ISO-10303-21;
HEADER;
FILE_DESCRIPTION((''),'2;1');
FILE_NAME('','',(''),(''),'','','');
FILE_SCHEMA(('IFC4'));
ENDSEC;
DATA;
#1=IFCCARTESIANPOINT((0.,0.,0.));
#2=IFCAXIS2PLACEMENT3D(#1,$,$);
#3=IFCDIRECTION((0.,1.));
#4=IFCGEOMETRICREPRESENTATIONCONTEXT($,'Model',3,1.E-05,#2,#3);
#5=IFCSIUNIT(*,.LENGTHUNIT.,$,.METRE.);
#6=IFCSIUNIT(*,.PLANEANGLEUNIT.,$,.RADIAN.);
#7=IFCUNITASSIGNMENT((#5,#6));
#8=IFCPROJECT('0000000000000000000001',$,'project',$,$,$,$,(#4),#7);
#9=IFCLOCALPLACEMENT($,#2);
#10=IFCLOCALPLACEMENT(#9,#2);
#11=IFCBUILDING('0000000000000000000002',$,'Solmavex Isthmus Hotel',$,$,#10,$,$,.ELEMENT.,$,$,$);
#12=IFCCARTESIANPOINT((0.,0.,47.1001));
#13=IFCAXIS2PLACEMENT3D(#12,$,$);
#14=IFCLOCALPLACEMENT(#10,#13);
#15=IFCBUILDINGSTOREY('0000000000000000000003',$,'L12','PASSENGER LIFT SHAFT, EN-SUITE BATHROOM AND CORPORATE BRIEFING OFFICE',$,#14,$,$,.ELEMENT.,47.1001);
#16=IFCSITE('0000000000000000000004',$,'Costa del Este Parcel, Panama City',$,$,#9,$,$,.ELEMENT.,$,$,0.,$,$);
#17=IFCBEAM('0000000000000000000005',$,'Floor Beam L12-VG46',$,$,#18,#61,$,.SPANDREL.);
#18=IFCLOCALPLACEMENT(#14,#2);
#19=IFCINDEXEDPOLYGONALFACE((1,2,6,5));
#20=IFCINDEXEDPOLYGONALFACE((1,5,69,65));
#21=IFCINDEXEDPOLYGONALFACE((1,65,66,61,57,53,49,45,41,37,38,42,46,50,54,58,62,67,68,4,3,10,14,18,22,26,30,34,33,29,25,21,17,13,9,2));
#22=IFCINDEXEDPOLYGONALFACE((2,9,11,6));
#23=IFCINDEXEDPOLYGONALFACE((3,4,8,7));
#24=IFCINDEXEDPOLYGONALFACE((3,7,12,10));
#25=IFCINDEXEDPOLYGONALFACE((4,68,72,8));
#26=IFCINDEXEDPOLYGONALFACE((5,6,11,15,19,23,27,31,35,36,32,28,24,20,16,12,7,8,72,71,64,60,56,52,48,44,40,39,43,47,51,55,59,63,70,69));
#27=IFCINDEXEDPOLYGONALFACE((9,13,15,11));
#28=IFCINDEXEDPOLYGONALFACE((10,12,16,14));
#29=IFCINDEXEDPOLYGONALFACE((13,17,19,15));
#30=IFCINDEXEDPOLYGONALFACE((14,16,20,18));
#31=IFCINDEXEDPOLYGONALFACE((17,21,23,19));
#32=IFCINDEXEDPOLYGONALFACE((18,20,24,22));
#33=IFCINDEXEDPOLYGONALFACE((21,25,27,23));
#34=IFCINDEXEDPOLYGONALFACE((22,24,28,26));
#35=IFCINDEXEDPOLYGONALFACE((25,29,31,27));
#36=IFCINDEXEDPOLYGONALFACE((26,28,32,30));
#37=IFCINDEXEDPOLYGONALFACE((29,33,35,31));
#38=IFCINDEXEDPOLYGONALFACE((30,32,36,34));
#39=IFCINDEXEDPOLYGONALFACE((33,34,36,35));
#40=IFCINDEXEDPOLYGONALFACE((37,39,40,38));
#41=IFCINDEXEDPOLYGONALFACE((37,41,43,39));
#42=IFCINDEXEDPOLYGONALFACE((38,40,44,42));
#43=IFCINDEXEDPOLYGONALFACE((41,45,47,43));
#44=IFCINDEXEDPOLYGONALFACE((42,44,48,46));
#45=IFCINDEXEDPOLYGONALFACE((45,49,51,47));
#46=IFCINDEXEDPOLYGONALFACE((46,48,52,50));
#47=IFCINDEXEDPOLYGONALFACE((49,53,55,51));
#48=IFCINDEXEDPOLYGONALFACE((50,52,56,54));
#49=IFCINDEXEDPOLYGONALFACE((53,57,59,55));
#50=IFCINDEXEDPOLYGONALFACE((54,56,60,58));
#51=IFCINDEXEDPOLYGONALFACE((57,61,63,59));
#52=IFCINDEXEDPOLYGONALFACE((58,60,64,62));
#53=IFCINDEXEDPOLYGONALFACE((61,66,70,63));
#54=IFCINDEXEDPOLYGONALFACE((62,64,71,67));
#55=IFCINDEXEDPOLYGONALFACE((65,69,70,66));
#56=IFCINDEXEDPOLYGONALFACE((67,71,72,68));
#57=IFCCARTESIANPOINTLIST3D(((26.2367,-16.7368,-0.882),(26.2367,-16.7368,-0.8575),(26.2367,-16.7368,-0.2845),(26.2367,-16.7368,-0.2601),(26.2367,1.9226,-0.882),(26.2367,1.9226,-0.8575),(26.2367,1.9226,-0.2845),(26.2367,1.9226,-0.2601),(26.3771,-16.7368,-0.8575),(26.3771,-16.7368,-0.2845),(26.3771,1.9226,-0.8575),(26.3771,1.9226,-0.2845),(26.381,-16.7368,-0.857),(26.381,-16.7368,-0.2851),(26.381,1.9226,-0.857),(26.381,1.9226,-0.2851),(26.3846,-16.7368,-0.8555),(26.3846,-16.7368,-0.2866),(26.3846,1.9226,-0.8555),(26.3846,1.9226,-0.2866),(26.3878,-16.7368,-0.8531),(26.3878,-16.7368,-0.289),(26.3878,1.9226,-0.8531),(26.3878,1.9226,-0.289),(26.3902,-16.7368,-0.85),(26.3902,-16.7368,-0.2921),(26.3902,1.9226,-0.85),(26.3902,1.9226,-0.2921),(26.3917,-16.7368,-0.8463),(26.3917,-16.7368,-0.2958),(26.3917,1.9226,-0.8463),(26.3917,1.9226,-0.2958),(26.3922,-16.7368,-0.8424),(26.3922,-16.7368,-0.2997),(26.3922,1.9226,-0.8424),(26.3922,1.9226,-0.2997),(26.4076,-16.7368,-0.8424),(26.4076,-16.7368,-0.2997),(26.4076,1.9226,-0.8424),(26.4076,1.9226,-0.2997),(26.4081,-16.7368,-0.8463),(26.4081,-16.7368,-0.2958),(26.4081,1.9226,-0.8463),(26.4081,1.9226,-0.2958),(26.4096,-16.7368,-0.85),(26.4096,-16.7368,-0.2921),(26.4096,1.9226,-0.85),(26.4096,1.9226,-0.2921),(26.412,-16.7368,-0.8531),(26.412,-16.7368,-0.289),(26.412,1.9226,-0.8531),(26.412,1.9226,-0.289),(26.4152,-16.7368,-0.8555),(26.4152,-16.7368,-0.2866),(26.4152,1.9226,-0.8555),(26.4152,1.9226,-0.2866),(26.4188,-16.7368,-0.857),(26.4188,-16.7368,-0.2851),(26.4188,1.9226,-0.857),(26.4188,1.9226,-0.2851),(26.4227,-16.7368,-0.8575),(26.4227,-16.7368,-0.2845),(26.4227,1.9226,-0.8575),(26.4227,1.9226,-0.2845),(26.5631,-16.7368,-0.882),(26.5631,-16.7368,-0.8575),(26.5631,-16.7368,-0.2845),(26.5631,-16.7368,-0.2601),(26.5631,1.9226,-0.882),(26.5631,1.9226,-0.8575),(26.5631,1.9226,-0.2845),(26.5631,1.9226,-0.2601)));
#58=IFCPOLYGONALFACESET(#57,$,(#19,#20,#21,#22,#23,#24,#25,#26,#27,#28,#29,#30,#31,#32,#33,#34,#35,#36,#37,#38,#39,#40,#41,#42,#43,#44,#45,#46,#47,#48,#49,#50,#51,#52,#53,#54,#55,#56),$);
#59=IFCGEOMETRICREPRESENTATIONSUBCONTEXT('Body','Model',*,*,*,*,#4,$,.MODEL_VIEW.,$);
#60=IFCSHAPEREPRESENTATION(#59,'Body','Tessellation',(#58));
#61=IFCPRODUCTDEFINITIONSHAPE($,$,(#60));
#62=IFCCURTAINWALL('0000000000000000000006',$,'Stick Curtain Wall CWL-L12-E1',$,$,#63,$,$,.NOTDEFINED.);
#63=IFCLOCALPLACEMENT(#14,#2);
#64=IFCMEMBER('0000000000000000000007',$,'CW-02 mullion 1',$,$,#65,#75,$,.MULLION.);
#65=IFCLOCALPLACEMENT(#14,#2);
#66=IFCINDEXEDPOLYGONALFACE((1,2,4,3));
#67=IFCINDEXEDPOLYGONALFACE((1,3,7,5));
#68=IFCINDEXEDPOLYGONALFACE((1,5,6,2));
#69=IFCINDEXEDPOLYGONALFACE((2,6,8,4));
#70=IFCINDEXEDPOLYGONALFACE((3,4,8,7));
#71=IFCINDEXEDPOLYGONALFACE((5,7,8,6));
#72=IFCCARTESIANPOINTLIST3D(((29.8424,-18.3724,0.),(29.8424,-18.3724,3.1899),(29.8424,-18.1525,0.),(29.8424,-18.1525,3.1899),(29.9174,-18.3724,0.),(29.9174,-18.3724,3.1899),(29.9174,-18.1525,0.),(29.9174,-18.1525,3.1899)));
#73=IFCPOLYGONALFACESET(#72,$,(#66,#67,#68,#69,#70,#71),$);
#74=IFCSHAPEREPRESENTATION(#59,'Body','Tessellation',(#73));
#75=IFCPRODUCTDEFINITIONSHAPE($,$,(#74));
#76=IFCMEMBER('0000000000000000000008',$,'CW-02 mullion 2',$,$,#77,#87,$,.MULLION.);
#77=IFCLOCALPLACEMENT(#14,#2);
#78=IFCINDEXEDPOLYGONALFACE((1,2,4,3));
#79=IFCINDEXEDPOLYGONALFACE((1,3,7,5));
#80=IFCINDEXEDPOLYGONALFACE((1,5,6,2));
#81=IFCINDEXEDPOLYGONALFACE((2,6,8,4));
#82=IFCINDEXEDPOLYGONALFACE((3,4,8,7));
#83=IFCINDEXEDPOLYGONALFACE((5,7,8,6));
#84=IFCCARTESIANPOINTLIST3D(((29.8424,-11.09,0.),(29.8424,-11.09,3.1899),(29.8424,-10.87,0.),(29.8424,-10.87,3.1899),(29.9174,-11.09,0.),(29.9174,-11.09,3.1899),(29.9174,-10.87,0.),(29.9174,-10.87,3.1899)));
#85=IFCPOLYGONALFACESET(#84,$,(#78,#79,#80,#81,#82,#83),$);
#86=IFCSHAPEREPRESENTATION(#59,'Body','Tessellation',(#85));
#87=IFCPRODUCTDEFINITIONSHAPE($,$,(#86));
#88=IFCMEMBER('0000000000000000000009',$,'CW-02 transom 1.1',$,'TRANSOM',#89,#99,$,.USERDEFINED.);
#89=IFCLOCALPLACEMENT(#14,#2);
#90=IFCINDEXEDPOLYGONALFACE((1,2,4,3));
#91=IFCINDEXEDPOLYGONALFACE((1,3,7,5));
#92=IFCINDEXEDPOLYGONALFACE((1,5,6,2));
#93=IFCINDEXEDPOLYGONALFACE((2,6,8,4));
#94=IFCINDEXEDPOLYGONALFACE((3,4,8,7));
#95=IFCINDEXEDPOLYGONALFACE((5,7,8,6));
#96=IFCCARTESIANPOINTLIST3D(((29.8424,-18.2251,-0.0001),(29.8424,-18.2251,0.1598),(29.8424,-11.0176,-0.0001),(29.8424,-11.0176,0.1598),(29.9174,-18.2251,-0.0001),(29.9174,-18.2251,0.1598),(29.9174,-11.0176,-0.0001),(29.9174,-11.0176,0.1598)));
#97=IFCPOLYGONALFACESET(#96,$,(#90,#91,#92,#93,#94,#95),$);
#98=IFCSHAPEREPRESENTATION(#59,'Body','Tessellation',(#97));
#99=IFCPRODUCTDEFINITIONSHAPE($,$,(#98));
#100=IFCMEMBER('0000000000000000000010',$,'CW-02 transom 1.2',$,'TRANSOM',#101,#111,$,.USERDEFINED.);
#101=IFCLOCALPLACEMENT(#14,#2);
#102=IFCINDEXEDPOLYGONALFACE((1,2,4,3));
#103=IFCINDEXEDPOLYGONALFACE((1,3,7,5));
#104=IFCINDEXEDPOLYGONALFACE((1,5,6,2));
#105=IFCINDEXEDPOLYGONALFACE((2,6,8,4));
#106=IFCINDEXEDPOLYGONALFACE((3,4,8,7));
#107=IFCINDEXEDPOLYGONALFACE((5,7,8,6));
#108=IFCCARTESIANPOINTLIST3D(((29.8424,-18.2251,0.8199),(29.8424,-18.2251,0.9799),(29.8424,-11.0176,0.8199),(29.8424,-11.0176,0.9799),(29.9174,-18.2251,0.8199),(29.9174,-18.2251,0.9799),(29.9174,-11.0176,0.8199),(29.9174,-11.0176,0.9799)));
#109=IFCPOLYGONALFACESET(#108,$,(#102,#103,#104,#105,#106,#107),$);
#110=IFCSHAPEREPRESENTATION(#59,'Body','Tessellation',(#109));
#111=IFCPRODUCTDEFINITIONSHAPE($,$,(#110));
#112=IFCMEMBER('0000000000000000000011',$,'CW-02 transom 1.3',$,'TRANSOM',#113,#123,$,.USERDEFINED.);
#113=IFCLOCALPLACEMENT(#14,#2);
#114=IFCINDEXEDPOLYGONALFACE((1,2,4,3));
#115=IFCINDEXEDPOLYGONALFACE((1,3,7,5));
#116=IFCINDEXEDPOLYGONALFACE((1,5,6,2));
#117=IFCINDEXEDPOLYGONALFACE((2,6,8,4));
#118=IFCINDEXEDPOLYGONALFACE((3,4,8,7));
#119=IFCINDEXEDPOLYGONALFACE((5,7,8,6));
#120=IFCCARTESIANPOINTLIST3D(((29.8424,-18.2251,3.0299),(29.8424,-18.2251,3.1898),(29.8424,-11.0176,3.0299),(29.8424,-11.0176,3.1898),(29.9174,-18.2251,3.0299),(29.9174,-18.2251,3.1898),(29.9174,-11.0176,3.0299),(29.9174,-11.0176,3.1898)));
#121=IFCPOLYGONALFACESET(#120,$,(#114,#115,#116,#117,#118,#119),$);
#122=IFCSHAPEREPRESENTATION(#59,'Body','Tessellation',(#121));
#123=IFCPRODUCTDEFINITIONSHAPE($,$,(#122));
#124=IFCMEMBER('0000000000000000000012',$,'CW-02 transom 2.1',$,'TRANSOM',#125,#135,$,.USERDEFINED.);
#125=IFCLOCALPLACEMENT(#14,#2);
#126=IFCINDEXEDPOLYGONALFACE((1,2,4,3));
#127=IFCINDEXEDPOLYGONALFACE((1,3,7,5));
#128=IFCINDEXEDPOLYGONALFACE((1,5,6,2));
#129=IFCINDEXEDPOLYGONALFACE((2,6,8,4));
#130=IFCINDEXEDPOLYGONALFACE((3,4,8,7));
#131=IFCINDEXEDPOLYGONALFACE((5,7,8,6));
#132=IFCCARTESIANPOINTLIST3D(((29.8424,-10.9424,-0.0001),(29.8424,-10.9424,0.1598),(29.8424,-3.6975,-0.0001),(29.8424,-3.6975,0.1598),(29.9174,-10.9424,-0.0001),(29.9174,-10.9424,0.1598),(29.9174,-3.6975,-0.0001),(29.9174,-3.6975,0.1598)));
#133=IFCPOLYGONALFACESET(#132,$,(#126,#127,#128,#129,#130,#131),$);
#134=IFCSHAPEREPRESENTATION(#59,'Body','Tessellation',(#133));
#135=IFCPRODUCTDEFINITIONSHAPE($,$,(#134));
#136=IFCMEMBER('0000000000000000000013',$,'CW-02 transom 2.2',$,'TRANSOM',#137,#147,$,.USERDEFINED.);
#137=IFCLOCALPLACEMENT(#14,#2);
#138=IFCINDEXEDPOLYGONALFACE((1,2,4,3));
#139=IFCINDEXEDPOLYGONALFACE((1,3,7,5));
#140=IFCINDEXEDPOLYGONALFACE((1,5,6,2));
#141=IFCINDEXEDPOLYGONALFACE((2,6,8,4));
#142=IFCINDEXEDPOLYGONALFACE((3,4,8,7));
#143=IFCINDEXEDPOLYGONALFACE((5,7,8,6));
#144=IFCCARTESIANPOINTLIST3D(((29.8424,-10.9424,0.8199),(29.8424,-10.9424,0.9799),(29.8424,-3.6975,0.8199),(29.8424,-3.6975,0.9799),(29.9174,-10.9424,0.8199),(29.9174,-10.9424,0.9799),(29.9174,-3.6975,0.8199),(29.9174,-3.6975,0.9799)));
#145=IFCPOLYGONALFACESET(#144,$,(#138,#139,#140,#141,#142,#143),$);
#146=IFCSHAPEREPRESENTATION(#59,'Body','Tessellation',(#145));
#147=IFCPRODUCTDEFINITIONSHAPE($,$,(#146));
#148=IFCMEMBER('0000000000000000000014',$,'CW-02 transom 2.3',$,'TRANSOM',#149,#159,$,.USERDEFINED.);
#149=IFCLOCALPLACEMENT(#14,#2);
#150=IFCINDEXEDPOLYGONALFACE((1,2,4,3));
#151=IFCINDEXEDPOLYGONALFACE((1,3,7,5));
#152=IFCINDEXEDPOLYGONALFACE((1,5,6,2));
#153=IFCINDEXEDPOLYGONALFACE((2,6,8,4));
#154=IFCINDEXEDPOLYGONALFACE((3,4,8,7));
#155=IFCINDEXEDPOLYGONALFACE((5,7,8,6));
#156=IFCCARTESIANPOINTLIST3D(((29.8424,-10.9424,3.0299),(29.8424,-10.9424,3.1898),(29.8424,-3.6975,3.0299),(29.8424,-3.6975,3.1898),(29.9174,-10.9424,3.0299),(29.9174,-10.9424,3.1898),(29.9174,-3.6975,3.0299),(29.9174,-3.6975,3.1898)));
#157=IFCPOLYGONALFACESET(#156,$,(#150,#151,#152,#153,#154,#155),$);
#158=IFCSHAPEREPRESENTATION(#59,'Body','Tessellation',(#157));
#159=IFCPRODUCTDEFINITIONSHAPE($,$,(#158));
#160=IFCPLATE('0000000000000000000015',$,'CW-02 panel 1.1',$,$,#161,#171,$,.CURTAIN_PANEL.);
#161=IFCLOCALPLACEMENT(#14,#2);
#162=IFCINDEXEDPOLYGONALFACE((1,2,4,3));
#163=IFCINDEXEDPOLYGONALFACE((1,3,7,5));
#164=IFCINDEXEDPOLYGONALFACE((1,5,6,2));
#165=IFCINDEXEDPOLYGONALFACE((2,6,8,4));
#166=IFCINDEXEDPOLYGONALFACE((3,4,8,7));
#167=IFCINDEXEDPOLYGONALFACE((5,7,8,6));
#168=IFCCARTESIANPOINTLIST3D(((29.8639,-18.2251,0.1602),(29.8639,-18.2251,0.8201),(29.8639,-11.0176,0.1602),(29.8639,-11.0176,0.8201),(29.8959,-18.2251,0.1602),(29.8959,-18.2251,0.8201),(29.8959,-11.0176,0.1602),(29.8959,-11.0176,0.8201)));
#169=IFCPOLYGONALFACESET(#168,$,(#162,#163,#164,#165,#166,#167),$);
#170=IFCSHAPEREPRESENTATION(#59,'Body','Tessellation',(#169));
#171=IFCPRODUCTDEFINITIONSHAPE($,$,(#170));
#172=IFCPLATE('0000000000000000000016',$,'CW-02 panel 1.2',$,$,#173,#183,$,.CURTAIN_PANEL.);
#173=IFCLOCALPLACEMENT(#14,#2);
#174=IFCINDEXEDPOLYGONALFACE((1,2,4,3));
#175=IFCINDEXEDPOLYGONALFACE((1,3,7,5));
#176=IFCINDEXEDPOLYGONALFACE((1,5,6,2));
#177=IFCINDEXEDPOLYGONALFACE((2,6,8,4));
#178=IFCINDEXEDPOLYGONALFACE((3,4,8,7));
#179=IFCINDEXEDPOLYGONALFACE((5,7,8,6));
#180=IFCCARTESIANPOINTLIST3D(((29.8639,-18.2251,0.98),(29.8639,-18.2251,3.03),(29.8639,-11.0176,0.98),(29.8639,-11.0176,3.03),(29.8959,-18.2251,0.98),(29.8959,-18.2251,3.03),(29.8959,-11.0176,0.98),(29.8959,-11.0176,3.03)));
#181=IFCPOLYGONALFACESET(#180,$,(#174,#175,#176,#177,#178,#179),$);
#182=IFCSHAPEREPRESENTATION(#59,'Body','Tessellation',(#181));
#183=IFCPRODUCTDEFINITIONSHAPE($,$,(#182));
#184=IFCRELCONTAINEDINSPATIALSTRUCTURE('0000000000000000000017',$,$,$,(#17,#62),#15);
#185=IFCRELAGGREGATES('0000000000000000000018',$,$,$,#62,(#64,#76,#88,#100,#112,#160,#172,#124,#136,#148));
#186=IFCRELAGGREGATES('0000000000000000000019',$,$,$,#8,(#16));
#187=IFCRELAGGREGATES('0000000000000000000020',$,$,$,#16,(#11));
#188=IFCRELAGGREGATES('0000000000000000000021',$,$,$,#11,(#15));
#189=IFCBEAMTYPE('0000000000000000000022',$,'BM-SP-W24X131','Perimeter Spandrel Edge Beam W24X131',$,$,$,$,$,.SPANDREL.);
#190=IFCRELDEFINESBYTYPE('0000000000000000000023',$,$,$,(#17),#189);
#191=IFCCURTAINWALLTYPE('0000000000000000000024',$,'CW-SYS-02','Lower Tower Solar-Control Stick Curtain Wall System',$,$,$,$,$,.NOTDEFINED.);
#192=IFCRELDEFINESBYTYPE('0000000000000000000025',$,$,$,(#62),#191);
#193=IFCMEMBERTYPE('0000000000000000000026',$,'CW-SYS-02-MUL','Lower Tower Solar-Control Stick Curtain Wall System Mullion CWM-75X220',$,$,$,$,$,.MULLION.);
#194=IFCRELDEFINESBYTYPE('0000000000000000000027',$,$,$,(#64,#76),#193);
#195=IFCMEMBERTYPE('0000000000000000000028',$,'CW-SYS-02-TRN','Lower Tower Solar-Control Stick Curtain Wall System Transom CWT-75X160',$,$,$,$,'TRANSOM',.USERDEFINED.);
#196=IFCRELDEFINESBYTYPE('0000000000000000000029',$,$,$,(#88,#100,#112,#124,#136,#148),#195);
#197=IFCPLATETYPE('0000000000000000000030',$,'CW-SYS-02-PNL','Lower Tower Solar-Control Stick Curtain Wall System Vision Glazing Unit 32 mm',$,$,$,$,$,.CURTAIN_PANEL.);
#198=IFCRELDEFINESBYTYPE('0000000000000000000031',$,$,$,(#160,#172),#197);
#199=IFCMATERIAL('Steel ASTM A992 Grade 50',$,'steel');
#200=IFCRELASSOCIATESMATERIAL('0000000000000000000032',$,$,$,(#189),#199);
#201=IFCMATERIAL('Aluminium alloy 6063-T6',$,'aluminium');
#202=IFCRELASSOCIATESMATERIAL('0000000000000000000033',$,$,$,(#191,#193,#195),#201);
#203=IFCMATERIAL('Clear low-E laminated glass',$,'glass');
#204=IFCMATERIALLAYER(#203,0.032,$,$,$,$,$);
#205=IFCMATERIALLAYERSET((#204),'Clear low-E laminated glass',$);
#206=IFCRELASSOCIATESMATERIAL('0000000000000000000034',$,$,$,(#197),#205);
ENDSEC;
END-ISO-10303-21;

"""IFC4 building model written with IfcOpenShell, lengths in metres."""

from ifc_helpers import new_model, si_unit, direction, frame, origin, origin_2d, place, context, subcontext, project, spatial, rectangle, i_section, extrude, material, layer, layer_set, material_profile, profile_set, type_object, element, aggregate, save


model = new_model("IFC4")

# Units and contexts
model_context = context("Model", 3, precision=1e-05, world=origin(), true_north=direction((0.0, 1.0)))
body_context = subcontext(model_context, "Body", "Model", "MODEL_VIEW")
ifc_project = project(units=[si_unit("LENGTHUNIT", "METRE"), si_unit("PLANEANGLEUNIT", "RADIAN")], contexts=[model_context])

# Site, building, storey
site_placement = place(None, origin())
site = spatial("IfcSite", under=ifc_project, at=site_placement, Name="Costa del Este Parcel, Panama City", CompositionType="ELEMENT", RefElevation=0.0)
building_placement = place(site_placement, origin())
building = spatial("IfcBuilding", under=site, at=building_placement, Name="Solmavex Isthmus Hotel", CompositionType="ELEMENT")
storey_placement = place(building_placement, frame((0.0, 0.0, 47.1001)))
storey = spatial("IfcBuildingStorey", under=building, at=storey_placement, Name="L12", Description="PASSENGER LIFT SHAFT, EN-SUITE BATHROOM AND CORPORATE BRIEFING OFFICE", CompositionType="ELEMENT", Elevation=47.1001)

# Beam
ifc_material_1 = material(Name="Steel ASTM A992 Grade 50", Category="steel")
ifc_material_profile_1 = material_profile(ifc_material_1, i_section(OverallWidth=0.3264, OverallDepth=0.6218, WebThickness=0.0154, FlangeThickness=0.0244, FilletRadius=0.0151, at=origin_2d()), Name="W24X131")
ifc_profile_set_1 = profile_set([ifc_material_profile_1], Name="Steel ASTM A992 Grade 50")
beam_type_1 = type_object("IfcBeamType", Name="BM-SP-W24X131", Description="Perimeter Spandrel Edge Beam W24X131", PredefinedType="SPANDREL", material=ifc_profile_set_1)
beam_1_placement = place(storey_placement, frame((26.3999, -16.7368, -0.571), z_axis=(0.0, 1.0, 0.0), x_axis=(-1.0, 0.0, 0.0)))
element("IfcBeam", 1, at=beam_1_placement, inside=storey, type_object=beam_type_1, Name="Floor Beam L12-VG46", PredefinedType="SPANDREL", context=body_context, shape_type="SweptSolid", body=[
    extrude(i_section(OverallWidth=0.3264, OverallDepth=0.6218, WebThickness=0.0154, FlangeThickness=0.0244, FilletRadius=0.0151, at=origin_2d()), origin(), (0.0, 0.0, 1.0), 18.6594),
])

# Curtain wall, members, plates
ifc_material_2 = material(Name="Aluminium alloy 6063-T6", Category="aluminium")
curtain_wall_type = type_object("IfcCurtainWallType", Name="CW-SYS-02", Description="Lower Tower Solar-Control Stick Curtain Wall System", PredefinedType="NOTDEFINED", material=ifc_material_2)
curtain_wall_placement = place(storey_placement, origin())
curtain_wall = element("IfcCurtainWall", 2, at=curtain_wall_placement, inside=storey, type_object=curtain_wall_type, Name="Stick Curtain Wall CWL-L12-E1", PredefinedType="NOTDEFINED")
ifc_material_profile_2 = material_profile(ifc_material_2, rectangle(XDim=0.075, YDim=0.22, at=origin_2d()), Name="CWM-75X220")
ifc_profile_set_2 = profile_set([ifc_material_profile_2], Name="Aluminium alloy 6063-T6")
member_type_1 = type_object("IfcMemberType", Name="CW-SYS-02-MUL", Description="Lower Tower Solar-Control Stick Curtain Wall System Mullion CWM-75X220", PredefinedType="MULLION", material=ifc_profile_set_2)
member_1_placement = place(storey_placement, frame((29.8799, -18.2625, 0.0), z_axis=(0.0, 0.0, 1.0), x_axis=(-1.0, 0.0, 0.0)))
member_1 = element("IfcMember", 3, at=member_1_placement, type_object=member_type_1, Name="CW-02 mullion 1", PredefinedType="MULLION", context=body_context, shape_type="SweptSolid", body=[
    extrude(rectangle(XDim=0.075, YDim=0.22, at=origin_2d()), origin(), (0.0, 0.0, 1.0), 3.1899),
])
member_2_placement = place(storey_placement, frame((29.8799, -10.98, 0.0), z_axis=(0.0, 0.0, 1.0), x_axis=(-1.0, 0.0, 0.0)))
member_2 = element("IfcMember", 4, at=member_2_placement, type_object=member_type_1, Name="CW-02 mullion 2", PredefinedType="MULLION", context=body_context, shape_type="SweptSolid", body=[
    extrude(rectangle(XDim=0.075, YDim=0.22, at=origin_2d()), origin(), (0.0, 0.0, 1.0), 3.1899),
])
ifc_material_profile_3 = material_profile(ifc_material_2, rectangle(XDim=0.075, YDim=0.1599, at=origin_2d()), Name="CWT-75X160")
ifc_profile_set_3 = profile_set([ifc_material_profile_3], Name="Aluminium alloy 6063-T6")
member_type_2 = type_object("IfcMemberType", Name="CW-SYS-02-TRN", Description="Lower Tower Solar-Control Stick Curtain Wall System Transom CWT-75X160", ElementType="TRANSOM", PredefinedType="USERDEFINED", material=ifc_profile_set_3)
member_3_placement = place(storey_placement, frame((29.8799, -18.2251, 0.0798), z_axis=(0.0, 1.0, 0.0), x_axis=(-1.0, 0.0, 0.0)))
member_3 = element("IfcMember", 5, at=member_3_placement, type_object=member_type_2, Name="CW-02 transom 1.1", ObjectType="TRANSOM", PredefinedType="USERDEFINED", context=body_context, shape_type="SweptSolid", body=[
    extrude(rectangle(XDim=0.075, YDim=0.1599, at=origin_2d()), origin(), (0.0, 0.0, 1.0), 7.2075),
])
member_4_placement = place(storey_placement, frame((29.8799, -18.2251, 0.8999), z_axis=(0.0, 1.0, 0.0), x_axis=(-1.0, 0.0, 0.0)))
member_4 = element("IfcMember", 6, at=member_4_placement, type_object=member_type_2, Name="CW-02 transom 1.2", ObjectType="TRANSOM", PredefinedType="USERDEFINED", context=body_context, shape_type="SweptSolid", body=[
    extrude(rectangle(XDim=0.075, YDim=0.1599, at=origin_2d()), origin(), (0.0, 0.0, 1.0), 7.2075),
])
member_5_placement = place(storey_placement, frame((29.8799, -18.2251, 3.1099), z_axis=(0.0, 1.0, 0.0), x_axis=(-1.0, 0.0, 0.0)))
member_5 = element("IfcMember", 7, at=member_5_placement, type_object=member_type_2, Name="CW-02 transom 1.3", ObjectType="TRANSOM", PredefinedType="USERDEFINED", context=body_context, shape_type="SweptSolid", body=[
    extrude(rectangle(XDim=0.075, YDim=0.1599, at=origin_2d()), origin(), (0.0, 0.0, 1.0), 7.2075),
])
member_6_placement = place(storey_placement, frame((29.8799, -10.9424, 0.0798), z_axis=(0.0, 1.0, 0.0), x_axis=(-1.0, 0.0, 0.0)))
member_6 = element("IfcMember", 8, at=member_6_placement, type_object=member_type_2, Name="CW-02 transom 2.1", ObjectType="TRANSOM", PredefinedType="USERDEFINED", context=body_context, shape_type="SweptSolid", body=[
    extrude(rectangle(XDim=0.075, YDim=0.1599, at=origin_2d()), origin(), (0.0, 0.0, 1.0), 7.2449),
])
member_7_placement = place(storey_placement, frame((29.8799, -10.9424, 0.8999), z_axis=(0.0, 1.0, 0.0), x_axis=(-1.0, 0.0, 0.0)))
member_7 = element("IfcMember", 9, at=member_7_placement, type_object=member_type_2, Name="CW-02 transom 2.2", ObjectType="TRANSOM", PredefinedType="USERDEFINED", context=body_context, shape_type="SweptSolid", body=[
    extrude(rectangle(XDim=0.075, YDim=0.1599, at=origin_2d()), origin(), (0.0, 0.0, 1.0), 7.2449),
])
member_8_placement = place(storey_placement, frame((29.8799, -10.9424, 3.1099), z_axis=(0.0, 1.0, 0.0), x_axis=(-1.0, 0.0, 0.0)))
member_8 = element("IfcMember", 10, at=member_8_placement, type_object=member_type_2, Name="CW-02 transom 2.3", ObjectType="TRANSOM", PredefinedType="USERDEFINED", context=body_context, shape_type="SweptSolid", body=[
    extrude(rectangle(XDim=0.075, YDim=0.1599, at=origin_2d()), origin(), (0.0, 0.0, 1.0), 7.2449),
])
ifc_material_3 = material(Name="Clear low-E laminated glass", Category="glass")
ifc_layer_1 = layer(ifc_material_3, 0.032)
ifc_layer_set_1 = layer_set([ifc_layer_1], Name="Clear low-E laminated glass")
plate_type = type_object("IfcPlateType", Name="CW-SYS-02-PNL", Description="Lower Tower Solar-Control Stick Curtain Wall System Vision Glazing Unit 32 mm", PredefinedType="CURTAIN_PANEL", material=ifc_layer_set_1)
plate_1_placement = place(storey_placement, frame((29.8799, -14.6213, 0.1602), z_axis=(0.0, 0.0, 1.0), x_axis=(0.0, 1.0, 0.0)))
plate_1 = element("IfcPlate", 11, at=plate_1_placement, type_object=plate_type, Name="CW-02 panel 1.1", PredefinedType="CURTAIN_PANEL", context=body_context, shape_type="SweptSolid", body=[
    extrude(rectangle(XDim=7.2075, YDim=0.032, at=origin_2d()), origin(), (0.0, 0.0, 1.0), 0.6599),
])
plate_2_placement = place(storey_placement, frame((29.8799, -14.6213, 0.98), z_axis=(0.0, 0.0, 1.0), x_axis=(0.0, 1.0, 0.0)))
plate_2 = element("IfcPlate", 12, at=plate_2_placement, type_object=plate_type, Name="CW-02 panel 1.2", PredefinedType="CURTAIN_PANEL", context=body_context, shape_type="SweptSolid", body=[
    extrude(rectangle(XDim=7.2075, YDim=0.032, at=origin_2d()), origin(), (0.0, 0.0, 1.0), 2.05),
])
aggregate(curtain_wall, [member_1, member_2, member_3, member_4, member_5, plate_1, plate_2, member_6, member_7, member_8])

save(model, "model.ifc")
